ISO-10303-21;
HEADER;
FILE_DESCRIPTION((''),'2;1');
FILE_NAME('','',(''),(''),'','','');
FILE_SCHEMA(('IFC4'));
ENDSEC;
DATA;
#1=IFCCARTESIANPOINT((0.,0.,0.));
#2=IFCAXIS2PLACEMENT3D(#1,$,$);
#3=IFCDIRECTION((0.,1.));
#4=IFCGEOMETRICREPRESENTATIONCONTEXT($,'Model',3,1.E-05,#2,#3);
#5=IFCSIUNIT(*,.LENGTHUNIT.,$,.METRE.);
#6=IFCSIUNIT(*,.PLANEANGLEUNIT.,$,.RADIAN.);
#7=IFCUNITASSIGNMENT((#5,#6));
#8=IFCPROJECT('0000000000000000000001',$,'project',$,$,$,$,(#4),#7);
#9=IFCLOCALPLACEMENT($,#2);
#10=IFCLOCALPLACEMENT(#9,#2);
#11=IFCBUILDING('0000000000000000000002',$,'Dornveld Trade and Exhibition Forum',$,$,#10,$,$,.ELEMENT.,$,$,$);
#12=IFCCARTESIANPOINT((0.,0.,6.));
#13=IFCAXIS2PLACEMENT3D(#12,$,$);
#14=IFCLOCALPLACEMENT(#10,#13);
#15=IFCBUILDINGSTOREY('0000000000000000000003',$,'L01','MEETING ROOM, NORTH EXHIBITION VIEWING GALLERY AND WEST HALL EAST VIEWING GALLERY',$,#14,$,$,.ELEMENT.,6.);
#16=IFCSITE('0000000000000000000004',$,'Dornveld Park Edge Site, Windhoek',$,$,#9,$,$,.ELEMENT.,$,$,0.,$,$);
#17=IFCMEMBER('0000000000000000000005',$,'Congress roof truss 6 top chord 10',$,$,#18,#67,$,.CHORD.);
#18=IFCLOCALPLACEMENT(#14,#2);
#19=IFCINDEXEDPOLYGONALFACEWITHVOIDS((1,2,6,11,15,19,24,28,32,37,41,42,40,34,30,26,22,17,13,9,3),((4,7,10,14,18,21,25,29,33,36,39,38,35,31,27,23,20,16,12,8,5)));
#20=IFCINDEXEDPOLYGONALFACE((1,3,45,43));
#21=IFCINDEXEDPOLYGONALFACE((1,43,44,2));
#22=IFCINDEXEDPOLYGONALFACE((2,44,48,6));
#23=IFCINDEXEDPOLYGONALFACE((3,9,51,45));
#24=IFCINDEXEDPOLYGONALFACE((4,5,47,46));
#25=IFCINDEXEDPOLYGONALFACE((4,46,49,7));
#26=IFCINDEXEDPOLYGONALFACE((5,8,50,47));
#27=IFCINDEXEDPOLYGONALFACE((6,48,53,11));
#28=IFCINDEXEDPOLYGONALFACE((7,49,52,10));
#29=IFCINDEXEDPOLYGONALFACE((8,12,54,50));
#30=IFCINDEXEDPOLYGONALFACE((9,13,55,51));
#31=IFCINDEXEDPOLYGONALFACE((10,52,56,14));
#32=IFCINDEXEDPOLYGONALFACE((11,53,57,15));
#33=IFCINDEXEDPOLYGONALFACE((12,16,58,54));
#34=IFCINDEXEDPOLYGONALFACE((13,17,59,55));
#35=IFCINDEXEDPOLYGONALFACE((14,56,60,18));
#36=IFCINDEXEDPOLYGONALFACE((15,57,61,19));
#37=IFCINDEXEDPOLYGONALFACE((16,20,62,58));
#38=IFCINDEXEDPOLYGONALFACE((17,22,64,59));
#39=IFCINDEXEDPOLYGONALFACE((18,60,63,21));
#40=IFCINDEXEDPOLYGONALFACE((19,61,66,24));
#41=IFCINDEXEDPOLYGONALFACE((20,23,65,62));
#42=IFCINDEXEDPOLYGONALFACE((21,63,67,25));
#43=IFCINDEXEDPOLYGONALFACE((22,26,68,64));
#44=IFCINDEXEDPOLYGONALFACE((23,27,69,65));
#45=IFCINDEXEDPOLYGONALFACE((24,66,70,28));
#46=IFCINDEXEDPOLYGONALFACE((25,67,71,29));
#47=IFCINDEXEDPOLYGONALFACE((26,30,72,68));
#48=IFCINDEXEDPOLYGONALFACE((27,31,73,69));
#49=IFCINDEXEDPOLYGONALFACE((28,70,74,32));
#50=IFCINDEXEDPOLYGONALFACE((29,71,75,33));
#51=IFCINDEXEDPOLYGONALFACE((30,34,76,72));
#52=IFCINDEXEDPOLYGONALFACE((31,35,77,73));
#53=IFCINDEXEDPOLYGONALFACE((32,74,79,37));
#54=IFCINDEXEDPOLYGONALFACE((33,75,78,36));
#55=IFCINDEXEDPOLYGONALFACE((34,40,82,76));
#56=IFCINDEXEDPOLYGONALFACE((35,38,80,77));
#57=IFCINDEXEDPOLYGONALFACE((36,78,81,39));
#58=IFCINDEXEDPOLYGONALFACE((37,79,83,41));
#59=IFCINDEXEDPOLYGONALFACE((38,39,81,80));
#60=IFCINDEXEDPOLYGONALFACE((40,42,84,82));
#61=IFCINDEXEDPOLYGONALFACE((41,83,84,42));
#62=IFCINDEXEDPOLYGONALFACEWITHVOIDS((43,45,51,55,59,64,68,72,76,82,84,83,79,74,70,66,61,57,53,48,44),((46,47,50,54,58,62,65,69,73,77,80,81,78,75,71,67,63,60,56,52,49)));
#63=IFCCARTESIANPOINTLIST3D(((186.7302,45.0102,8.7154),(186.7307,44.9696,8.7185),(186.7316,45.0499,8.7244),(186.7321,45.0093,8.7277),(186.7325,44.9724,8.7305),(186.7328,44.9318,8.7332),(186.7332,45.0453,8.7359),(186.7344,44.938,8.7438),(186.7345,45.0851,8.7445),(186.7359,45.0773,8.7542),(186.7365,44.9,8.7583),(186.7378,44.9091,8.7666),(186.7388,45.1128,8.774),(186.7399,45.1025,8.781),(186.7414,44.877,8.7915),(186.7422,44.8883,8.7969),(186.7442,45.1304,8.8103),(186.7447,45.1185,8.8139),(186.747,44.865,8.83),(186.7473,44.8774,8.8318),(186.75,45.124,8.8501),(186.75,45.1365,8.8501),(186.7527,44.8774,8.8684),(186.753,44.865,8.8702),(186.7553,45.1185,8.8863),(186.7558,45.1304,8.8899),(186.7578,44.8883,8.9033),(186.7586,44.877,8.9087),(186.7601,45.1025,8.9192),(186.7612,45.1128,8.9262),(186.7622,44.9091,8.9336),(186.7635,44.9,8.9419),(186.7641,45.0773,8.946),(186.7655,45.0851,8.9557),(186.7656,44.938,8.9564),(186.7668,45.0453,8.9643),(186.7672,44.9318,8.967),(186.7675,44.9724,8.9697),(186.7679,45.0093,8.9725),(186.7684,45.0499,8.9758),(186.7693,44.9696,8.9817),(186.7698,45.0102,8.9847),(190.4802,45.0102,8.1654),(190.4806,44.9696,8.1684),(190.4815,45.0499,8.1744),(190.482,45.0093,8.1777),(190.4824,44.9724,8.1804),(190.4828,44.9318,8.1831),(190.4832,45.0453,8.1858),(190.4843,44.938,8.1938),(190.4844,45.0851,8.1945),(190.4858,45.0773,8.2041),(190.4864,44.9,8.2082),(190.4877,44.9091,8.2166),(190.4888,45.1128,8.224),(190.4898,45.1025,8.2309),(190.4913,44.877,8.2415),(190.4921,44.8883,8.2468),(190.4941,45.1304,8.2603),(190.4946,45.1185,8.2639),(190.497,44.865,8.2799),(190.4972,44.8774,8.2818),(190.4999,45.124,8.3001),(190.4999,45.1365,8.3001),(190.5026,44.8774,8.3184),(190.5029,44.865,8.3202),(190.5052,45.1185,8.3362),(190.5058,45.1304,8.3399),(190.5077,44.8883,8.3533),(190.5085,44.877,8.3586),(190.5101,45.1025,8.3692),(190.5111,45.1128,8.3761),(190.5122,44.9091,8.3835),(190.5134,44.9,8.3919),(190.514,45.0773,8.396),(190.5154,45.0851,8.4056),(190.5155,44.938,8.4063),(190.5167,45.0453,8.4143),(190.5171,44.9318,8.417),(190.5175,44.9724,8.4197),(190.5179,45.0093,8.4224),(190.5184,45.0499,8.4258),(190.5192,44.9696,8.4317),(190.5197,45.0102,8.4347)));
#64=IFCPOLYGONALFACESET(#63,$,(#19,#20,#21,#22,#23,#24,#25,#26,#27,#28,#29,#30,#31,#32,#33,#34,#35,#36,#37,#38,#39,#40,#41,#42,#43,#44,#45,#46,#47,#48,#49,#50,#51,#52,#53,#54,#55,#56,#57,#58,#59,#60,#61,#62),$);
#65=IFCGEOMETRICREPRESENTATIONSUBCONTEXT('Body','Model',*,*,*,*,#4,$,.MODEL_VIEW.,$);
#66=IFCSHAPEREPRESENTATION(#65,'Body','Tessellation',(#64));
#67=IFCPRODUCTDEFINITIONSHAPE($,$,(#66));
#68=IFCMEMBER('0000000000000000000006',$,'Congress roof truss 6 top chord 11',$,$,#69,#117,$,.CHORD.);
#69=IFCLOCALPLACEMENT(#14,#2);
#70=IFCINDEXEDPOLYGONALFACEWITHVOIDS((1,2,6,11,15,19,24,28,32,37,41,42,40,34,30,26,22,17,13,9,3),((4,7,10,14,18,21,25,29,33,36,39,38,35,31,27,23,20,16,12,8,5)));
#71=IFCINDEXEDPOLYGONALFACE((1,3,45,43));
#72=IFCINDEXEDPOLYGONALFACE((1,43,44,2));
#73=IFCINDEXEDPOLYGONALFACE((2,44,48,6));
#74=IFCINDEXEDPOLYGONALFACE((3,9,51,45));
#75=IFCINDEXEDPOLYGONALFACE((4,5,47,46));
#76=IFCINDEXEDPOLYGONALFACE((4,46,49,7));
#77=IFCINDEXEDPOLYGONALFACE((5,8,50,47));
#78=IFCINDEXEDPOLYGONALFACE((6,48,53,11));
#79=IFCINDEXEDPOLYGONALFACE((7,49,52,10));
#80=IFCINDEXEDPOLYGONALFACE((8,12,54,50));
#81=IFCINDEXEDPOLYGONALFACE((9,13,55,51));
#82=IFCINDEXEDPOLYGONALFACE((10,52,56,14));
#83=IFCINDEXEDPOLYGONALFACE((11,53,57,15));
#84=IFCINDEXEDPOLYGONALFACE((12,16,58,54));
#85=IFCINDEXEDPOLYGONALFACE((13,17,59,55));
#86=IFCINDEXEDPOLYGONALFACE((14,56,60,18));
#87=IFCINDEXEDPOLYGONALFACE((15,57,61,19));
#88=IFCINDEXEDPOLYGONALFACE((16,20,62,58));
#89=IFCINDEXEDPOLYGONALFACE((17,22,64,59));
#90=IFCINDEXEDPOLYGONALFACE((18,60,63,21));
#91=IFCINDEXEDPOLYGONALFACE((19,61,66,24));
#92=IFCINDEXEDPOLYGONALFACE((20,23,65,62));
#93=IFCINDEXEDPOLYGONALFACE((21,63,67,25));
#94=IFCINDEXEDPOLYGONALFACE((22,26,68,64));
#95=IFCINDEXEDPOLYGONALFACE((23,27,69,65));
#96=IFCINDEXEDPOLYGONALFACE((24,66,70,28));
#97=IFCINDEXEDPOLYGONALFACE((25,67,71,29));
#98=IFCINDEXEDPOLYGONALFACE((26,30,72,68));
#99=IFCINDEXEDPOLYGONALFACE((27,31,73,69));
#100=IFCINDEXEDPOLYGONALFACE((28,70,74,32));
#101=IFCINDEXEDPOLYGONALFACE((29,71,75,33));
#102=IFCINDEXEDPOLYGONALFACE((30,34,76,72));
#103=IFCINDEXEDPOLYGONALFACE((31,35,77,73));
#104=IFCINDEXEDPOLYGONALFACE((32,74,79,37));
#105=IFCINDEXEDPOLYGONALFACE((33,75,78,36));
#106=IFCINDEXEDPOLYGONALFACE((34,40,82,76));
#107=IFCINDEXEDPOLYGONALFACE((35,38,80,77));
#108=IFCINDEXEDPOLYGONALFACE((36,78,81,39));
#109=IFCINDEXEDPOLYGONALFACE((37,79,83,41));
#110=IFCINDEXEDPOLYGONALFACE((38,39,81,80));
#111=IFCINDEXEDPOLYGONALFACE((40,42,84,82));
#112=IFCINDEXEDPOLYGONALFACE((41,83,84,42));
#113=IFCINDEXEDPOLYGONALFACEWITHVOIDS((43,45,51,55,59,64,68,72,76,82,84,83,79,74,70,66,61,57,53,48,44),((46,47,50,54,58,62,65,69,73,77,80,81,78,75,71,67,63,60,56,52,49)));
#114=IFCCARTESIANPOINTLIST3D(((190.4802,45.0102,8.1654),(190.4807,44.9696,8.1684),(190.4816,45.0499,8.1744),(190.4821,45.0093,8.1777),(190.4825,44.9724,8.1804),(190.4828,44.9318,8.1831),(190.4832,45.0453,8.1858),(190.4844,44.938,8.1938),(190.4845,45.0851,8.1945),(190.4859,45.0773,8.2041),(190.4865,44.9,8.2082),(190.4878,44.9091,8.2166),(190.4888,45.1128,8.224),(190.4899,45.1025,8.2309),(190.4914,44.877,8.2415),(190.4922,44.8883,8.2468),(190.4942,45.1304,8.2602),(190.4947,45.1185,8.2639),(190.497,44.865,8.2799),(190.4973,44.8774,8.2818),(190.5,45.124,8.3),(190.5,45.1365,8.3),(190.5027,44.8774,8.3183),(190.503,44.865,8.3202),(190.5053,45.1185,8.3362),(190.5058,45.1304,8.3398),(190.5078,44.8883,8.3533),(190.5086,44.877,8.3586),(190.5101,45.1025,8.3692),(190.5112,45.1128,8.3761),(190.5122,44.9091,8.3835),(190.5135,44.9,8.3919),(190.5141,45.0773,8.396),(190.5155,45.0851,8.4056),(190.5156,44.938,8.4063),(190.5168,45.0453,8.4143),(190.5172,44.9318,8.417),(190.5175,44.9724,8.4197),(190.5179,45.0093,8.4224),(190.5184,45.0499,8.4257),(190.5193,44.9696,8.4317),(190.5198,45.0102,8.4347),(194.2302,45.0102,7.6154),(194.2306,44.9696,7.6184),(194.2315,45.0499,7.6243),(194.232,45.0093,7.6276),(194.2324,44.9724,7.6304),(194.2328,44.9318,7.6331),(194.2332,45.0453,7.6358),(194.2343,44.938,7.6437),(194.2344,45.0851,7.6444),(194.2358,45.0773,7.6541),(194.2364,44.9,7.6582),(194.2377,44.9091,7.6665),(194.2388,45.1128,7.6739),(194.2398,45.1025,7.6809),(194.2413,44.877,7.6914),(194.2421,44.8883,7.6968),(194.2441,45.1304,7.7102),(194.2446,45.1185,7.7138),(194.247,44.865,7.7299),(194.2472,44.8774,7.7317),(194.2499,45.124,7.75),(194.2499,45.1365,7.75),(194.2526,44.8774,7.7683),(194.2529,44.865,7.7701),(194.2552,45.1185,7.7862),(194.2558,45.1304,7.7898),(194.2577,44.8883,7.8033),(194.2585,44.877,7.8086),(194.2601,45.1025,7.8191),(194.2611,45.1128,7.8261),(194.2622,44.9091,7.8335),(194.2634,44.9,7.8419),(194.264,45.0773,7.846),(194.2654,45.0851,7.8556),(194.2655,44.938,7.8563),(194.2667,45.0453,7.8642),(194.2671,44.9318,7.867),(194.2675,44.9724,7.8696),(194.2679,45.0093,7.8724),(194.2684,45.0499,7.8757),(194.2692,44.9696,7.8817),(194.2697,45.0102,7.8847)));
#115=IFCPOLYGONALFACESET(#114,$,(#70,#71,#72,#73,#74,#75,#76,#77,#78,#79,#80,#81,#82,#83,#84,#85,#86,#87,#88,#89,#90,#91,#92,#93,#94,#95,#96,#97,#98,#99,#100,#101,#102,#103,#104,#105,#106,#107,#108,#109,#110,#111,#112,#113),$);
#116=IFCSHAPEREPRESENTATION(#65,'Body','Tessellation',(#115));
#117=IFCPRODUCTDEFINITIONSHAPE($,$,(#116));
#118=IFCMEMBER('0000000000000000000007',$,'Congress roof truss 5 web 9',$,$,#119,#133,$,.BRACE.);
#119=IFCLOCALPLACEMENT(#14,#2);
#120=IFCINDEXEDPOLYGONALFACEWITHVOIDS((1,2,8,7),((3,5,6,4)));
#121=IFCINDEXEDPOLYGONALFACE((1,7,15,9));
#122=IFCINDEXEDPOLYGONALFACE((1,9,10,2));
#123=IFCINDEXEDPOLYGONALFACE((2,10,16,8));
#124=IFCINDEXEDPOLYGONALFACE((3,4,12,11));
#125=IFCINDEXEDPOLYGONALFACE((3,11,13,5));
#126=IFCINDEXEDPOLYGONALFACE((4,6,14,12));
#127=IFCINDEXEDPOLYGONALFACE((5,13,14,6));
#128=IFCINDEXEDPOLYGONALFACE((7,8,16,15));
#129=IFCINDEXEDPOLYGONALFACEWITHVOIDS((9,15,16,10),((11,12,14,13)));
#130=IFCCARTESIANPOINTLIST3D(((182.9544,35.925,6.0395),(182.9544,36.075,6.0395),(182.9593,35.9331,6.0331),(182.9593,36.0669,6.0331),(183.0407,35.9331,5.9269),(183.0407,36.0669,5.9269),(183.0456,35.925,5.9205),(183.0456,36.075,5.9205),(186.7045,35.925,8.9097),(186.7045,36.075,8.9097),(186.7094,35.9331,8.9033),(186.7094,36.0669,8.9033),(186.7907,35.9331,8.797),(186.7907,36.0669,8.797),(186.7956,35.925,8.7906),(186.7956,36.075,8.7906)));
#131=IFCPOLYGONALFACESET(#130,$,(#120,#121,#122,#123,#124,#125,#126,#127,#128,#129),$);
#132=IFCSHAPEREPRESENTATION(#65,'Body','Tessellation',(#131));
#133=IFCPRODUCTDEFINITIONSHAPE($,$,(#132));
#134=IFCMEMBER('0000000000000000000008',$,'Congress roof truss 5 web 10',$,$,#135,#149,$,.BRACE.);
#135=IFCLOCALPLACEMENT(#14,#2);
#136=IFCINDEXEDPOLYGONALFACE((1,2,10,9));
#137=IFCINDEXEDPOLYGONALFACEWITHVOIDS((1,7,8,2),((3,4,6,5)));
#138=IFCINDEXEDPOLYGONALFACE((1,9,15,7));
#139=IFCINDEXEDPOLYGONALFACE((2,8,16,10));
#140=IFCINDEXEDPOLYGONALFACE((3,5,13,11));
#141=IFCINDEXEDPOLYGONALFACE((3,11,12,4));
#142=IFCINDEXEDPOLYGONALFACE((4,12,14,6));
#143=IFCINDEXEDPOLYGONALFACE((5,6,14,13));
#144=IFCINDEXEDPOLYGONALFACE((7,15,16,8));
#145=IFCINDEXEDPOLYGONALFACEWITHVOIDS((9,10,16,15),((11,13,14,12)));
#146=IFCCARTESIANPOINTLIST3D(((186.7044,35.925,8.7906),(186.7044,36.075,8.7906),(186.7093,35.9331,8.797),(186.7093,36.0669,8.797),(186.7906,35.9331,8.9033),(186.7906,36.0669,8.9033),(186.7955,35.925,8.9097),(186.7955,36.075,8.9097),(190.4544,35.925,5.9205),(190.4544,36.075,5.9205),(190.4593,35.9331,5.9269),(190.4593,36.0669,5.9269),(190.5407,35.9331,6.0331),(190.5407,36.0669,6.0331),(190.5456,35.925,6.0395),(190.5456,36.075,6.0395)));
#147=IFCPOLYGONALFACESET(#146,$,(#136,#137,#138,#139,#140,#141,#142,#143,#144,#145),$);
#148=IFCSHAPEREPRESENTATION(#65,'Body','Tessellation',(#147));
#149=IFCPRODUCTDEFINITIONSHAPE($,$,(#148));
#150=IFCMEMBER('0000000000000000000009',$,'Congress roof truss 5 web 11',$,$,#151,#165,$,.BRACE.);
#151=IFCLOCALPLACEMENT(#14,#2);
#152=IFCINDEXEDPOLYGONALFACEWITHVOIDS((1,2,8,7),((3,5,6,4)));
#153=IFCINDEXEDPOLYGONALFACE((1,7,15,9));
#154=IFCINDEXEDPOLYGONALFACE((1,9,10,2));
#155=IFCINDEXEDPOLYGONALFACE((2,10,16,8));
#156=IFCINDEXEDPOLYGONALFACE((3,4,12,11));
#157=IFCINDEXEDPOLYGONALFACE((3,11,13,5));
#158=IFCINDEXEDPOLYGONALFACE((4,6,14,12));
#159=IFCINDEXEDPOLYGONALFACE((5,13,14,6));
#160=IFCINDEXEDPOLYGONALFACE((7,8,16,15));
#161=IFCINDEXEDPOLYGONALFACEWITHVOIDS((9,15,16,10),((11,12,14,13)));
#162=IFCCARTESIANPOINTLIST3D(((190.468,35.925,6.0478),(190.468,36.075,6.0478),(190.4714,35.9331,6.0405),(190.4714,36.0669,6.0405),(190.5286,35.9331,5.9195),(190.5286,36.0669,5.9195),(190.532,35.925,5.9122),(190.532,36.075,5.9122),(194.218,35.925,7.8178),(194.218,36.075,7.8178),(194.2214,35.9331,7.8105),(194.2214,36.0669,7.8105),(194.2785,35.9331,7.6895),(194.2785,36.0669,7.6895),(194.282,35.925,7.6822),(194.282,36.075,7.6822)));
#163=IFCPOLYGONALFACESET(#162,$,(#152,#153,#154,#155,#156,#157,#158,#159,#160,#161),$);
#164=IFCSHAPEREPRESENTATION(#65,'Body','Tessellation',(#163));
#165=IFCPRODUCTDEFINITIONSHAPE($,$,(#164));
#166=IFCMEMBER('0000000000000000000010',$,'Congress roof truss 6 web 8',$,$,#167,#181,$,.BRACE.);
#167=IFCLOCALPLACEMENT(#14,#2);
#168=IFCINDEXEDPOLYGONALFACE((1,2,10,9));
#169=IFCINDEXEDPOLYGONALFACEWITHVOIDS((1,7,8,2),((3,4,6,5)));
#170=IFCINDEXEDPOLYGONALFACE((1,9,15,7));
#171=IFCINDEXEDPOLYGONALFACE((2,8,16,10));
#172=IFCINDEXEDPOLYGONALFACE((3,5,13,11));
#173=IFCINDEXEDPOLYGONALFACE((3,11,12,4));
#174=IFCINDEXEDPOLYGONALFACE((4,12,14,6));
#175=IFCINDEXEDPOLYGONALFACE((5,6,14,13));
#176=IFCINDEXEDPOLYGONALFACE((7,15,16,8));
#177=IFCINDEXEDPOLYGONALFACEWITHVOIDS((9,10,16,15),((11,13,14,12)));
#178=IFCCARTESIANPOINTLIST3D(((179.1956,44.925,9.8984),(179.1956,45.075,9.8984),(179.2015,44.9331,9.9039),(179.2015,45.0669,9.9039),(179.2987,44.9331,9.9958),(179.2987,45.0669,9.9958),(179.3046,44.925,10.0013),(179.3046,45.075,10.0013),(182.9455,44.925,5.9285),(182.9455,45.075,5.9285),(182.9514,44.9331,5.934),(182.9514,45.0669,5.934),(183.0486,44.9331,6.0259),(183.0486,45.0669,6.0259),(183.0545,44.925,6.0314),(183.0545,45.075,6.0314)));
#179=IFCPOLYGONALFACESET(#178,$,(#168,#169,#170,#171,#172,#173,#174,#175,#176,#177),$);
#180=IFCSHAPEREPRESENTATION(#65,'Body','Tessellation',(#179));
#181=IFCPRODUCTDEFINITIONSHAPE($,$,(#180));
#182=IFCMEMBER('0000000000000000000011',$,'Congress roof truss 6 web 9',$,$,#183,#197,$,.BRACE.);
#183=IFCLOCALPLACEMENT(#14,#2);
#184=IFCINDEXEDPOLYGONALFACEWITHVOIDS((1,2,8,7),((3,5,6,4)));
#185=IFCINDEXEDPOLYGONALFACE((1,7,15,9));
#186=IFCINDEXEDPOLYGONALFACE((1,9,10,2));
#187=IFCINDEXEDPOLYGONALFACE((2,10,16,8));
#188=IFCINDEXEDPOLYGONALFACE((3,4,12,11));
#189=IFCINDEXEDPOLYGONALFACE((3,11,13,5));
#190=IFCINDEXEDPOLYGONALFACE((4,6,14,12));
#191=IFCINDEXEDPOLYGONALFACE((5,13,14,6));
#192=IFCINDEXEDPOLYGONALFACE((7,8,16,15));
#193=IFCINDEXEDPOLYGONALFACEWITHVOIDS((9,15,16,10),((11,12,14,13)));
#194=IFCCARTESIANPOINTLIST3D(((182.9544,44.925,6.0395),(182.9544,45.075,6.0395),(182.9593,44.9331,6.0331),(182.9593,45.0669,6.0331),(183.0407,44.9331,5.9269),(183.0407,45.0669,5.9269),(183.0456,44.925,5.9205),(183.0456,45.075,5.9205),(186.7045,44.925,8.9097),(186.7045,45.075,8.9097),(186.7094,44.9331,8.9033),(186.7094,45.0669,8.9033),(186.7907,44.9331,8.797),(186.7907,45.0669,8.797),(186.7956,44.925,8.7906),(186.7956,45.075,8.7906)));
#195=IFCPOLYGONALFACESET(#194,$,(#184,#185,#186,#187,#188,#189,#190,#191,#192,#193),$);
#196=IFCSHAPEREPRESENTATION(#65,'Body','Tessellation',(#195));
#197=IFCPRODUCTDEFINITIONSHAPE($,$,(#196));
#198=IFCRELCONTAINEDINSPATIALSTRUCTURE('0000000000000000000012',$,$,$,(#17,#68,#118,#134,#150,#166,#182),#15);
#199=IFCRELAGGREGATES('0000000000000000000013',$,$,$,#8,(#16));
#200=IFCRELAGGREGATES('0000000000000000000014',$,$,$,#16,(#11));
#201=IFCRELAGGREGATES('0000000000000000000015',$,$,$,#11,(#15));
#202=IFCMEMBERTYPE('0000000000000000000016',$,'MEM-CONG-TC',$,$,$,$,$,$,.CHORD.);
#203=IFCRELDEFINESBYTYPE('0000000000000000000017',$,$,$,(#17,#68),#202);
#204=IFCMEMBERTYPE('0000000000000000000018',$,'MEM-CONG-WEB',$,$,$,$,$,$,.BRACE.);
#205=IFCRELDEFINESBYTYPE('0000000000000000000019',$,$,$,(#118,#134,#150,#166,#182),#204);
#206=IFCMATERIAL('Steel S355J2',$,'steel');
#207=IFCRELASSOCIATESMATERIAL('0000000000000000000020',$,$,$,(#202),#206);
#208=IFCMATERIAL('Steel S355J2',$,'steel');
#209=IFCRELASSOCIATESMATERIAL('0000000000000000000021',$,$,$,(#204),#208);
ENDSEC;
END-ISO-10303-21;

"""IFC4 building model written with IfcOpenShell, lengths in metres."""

from ifc_helpers import new_model, si_unit, direction, frame, origin, origin_2d, place, context, subcontext, project, spatial, hollow_rectangle, hollow_circle, extrude, material, material_profile, profile_set, type_object, element, save


model = new_model("IFC4")

# Units and contexts
model_context = context("Model", 3, precision=1e-05, world=origin(), true_north=direction((0.0, 1.0)))
body_context = subcontext(model_context, "Body", "Model", "MODEL_VIEW")
ifc_project = project(units=[si_unit("LENGTHUNIT", "METRE"), si_unit("PLANEANGLEUNIT", "RADIAN")], contexts=[model_context])

# Site, building, storey
site_placement = place(None, origin())
site = spatial("IfcSite", under=ifc_project, at=site_placement, Name="Dornveld Park Edge Site, Windhoek", CompositionType="ELEMENT", RefElevation=0.0)
building_placement = place(site_placement, origin())
building = spatial("IfcBuilding", under=site, at=building_placement, Name="Dornveld Trade and Exhibition Forum", CompositionType="ELEMENT")
storey_placement = place(building_placement, frame((0.0, 0.0, 6.0)))
storey = spatial("IfcBuildingStorey", under=building, at=storey_placement, Name="L01", Description="MEETING ROOM, NORTH EXHIBITION VIEWING GALLERY AND WEST HALL EAST VIEWING GALLERY", CompositionType="ELEMENT", Elevation=6.0)

# Members
ifc_material_1 = material(Name="Steel S355J2", Category="steel")
ifc_material_profile_1 = material_profile(ifc_material_1, hollow_circle(Radius=0.1365, WallThickness=0.0125, at=origin_2d()), Name="CHS 273x12.5")
ifc_profile_set_1 = profile_set([ifc_material_profile_1], Name="Steel S355J2")
member_type_1 = type_object("IfcMemberType", Name="MEM-CONG-TC", PredefinedType="CHORD", material=ifc_profile_set_1)
for number, where, z_axis, x_axis, name in (
    (1, (186.75, 45.0, 8.8501), (0.989413, 0.0, -0.145127), (0.0, 1.0, 0.0), "Congress roof truss 6 top chord 10"),
    (2, (190.5, 45.0, 8.3), (0.989413, 0.0, -0.145127), (0.0, 1.0, 0.0), "Congress roof truss 6 top chord 11"),
):
    element("IfcMember", number, at=place(storey_placement, frame(where, z_axis=z_axis, x_axis=x_axis)), inside=storey, type_object=member_type_1, Name=name, PredefinedType="CHORD", context=body_context, shape_type="SweptSolid", body=[
        extrude(hollow_circle(Radius=0.1365, WallThickness=0.0125, at=origin_2d()), origin(), (0.0, 0.0, 1.0), 3.79),
    ])
ifc_material_2 = material(Name="Steel S355J2", Category="steel")
ifc_material_profile_2 = material_profile(ifc_material_2, hollow_rectangle(XDim=0.1499, YDim=0.1499, WallThickness=0.0081, at=origin_2d()), Name="SHS 150x150x8")
ifc_profile_set_2 = profile_set([ifc_material_profile_2], Name="Steel S355J2")
member_type_2 = type_object("IfcMemberType", Name="MEM-CONG-WEB", PredefinedType="BRACE", material=ifc_profile_set_2)
for number, where, z_axis, x_axis, name in (
    (3, (183.0, 36.0, 5.98), (0.794105, 0.0, 0.60778), (0.0, 1.0, 0.0), "Congress roof truss 5 web 9"),
    (4, (190.5, 36.0, 5.98), (-0.794105, 0.0, 0.60778), (0.0, -1.0, 0.0), "Congress roof truss 5 web 10"),
):
    element("IfcMember", number, at=place(storey_placement, frame(where, z_axis=z_axis, x_axis=x_axis)), inside=storey, type_object=member_type_2, Name=name, PredefinedType="BRACE", context=body_context, shape_type="SweptSolid", body=[
        extrude(hollow_rectangle(XDim=0.1499, YDim=0.1499, WallThickness=0.0081, at=origin_2d()), origin(), (0.0, 0.0, 1.0), 4.7224),
    ])
member_1_placement = place(storey_placement, frame((190.5, 36.0, 5.98), z_axis=(0.904324, 0.0, 0.426846), x_axis=(0.0, 1.0, 0.0)))
element("IfcMember", 5, at=member_1_placement, inside=storey, type_object=member_type_2, Name="Congress roof truss 5 web 11", PredefinedType="BRACE", context=body_context, shape_type="SweptSolid", body=[
    extrude(hollow_rectangle(XDim=0.1499, YDim=0.1499, WallThickness=0.0081, at=origin_2d()), origin(), (0.0, 0.0, 1.0), 4.1467),
])
member_2_placement = place(storey_placement, frame((183.0, 45.0, 5.98), z_axis=(-0.68668, 0.0, 0.72696), x_axis=(0.0, -1.0, 0.0)))
element("IfcMember", 6, at=member_2_placement, inside=storey, type_object=member_type_2, Name="Congress roof truss 6 web 8", PredefinedType="BRACE", context=body_context, shape_type="SweptSolid", body=[
    extrude(hollow_rectangle(XDim=0.1499, YDim=0.1499, WallThickness=0.0081, at=origin_2d()), origin(), (0.0, 0.0, 1.0), 5.4609),
])
for number, where, z_axis, x_axis, name in (
    (7, (183.0, 45.0, 5.98), (0.794105, 0.0, 0.60778), (0.0, 1.0, 0.0), "Congress roof truss 6 web 9"),
):
    element("IfcMember", number, at=place(storey_placement, frame(where, z_axis=z_axis, x_axis=x_axis)), inside=storey, type_object=member_type_2, Name=name, PredefinedType="BRACE", context=body_context, shape_type="SweptSolid", body=[
        extrude(hollow_rectangle(XDim=0.1499, YDim=0.1499, WallThickness=0.0081, at=origin_2d()), origin(), (0.0, 0.0, 1.0), 4.7224),
    ])

save(model, "model.ifc")
